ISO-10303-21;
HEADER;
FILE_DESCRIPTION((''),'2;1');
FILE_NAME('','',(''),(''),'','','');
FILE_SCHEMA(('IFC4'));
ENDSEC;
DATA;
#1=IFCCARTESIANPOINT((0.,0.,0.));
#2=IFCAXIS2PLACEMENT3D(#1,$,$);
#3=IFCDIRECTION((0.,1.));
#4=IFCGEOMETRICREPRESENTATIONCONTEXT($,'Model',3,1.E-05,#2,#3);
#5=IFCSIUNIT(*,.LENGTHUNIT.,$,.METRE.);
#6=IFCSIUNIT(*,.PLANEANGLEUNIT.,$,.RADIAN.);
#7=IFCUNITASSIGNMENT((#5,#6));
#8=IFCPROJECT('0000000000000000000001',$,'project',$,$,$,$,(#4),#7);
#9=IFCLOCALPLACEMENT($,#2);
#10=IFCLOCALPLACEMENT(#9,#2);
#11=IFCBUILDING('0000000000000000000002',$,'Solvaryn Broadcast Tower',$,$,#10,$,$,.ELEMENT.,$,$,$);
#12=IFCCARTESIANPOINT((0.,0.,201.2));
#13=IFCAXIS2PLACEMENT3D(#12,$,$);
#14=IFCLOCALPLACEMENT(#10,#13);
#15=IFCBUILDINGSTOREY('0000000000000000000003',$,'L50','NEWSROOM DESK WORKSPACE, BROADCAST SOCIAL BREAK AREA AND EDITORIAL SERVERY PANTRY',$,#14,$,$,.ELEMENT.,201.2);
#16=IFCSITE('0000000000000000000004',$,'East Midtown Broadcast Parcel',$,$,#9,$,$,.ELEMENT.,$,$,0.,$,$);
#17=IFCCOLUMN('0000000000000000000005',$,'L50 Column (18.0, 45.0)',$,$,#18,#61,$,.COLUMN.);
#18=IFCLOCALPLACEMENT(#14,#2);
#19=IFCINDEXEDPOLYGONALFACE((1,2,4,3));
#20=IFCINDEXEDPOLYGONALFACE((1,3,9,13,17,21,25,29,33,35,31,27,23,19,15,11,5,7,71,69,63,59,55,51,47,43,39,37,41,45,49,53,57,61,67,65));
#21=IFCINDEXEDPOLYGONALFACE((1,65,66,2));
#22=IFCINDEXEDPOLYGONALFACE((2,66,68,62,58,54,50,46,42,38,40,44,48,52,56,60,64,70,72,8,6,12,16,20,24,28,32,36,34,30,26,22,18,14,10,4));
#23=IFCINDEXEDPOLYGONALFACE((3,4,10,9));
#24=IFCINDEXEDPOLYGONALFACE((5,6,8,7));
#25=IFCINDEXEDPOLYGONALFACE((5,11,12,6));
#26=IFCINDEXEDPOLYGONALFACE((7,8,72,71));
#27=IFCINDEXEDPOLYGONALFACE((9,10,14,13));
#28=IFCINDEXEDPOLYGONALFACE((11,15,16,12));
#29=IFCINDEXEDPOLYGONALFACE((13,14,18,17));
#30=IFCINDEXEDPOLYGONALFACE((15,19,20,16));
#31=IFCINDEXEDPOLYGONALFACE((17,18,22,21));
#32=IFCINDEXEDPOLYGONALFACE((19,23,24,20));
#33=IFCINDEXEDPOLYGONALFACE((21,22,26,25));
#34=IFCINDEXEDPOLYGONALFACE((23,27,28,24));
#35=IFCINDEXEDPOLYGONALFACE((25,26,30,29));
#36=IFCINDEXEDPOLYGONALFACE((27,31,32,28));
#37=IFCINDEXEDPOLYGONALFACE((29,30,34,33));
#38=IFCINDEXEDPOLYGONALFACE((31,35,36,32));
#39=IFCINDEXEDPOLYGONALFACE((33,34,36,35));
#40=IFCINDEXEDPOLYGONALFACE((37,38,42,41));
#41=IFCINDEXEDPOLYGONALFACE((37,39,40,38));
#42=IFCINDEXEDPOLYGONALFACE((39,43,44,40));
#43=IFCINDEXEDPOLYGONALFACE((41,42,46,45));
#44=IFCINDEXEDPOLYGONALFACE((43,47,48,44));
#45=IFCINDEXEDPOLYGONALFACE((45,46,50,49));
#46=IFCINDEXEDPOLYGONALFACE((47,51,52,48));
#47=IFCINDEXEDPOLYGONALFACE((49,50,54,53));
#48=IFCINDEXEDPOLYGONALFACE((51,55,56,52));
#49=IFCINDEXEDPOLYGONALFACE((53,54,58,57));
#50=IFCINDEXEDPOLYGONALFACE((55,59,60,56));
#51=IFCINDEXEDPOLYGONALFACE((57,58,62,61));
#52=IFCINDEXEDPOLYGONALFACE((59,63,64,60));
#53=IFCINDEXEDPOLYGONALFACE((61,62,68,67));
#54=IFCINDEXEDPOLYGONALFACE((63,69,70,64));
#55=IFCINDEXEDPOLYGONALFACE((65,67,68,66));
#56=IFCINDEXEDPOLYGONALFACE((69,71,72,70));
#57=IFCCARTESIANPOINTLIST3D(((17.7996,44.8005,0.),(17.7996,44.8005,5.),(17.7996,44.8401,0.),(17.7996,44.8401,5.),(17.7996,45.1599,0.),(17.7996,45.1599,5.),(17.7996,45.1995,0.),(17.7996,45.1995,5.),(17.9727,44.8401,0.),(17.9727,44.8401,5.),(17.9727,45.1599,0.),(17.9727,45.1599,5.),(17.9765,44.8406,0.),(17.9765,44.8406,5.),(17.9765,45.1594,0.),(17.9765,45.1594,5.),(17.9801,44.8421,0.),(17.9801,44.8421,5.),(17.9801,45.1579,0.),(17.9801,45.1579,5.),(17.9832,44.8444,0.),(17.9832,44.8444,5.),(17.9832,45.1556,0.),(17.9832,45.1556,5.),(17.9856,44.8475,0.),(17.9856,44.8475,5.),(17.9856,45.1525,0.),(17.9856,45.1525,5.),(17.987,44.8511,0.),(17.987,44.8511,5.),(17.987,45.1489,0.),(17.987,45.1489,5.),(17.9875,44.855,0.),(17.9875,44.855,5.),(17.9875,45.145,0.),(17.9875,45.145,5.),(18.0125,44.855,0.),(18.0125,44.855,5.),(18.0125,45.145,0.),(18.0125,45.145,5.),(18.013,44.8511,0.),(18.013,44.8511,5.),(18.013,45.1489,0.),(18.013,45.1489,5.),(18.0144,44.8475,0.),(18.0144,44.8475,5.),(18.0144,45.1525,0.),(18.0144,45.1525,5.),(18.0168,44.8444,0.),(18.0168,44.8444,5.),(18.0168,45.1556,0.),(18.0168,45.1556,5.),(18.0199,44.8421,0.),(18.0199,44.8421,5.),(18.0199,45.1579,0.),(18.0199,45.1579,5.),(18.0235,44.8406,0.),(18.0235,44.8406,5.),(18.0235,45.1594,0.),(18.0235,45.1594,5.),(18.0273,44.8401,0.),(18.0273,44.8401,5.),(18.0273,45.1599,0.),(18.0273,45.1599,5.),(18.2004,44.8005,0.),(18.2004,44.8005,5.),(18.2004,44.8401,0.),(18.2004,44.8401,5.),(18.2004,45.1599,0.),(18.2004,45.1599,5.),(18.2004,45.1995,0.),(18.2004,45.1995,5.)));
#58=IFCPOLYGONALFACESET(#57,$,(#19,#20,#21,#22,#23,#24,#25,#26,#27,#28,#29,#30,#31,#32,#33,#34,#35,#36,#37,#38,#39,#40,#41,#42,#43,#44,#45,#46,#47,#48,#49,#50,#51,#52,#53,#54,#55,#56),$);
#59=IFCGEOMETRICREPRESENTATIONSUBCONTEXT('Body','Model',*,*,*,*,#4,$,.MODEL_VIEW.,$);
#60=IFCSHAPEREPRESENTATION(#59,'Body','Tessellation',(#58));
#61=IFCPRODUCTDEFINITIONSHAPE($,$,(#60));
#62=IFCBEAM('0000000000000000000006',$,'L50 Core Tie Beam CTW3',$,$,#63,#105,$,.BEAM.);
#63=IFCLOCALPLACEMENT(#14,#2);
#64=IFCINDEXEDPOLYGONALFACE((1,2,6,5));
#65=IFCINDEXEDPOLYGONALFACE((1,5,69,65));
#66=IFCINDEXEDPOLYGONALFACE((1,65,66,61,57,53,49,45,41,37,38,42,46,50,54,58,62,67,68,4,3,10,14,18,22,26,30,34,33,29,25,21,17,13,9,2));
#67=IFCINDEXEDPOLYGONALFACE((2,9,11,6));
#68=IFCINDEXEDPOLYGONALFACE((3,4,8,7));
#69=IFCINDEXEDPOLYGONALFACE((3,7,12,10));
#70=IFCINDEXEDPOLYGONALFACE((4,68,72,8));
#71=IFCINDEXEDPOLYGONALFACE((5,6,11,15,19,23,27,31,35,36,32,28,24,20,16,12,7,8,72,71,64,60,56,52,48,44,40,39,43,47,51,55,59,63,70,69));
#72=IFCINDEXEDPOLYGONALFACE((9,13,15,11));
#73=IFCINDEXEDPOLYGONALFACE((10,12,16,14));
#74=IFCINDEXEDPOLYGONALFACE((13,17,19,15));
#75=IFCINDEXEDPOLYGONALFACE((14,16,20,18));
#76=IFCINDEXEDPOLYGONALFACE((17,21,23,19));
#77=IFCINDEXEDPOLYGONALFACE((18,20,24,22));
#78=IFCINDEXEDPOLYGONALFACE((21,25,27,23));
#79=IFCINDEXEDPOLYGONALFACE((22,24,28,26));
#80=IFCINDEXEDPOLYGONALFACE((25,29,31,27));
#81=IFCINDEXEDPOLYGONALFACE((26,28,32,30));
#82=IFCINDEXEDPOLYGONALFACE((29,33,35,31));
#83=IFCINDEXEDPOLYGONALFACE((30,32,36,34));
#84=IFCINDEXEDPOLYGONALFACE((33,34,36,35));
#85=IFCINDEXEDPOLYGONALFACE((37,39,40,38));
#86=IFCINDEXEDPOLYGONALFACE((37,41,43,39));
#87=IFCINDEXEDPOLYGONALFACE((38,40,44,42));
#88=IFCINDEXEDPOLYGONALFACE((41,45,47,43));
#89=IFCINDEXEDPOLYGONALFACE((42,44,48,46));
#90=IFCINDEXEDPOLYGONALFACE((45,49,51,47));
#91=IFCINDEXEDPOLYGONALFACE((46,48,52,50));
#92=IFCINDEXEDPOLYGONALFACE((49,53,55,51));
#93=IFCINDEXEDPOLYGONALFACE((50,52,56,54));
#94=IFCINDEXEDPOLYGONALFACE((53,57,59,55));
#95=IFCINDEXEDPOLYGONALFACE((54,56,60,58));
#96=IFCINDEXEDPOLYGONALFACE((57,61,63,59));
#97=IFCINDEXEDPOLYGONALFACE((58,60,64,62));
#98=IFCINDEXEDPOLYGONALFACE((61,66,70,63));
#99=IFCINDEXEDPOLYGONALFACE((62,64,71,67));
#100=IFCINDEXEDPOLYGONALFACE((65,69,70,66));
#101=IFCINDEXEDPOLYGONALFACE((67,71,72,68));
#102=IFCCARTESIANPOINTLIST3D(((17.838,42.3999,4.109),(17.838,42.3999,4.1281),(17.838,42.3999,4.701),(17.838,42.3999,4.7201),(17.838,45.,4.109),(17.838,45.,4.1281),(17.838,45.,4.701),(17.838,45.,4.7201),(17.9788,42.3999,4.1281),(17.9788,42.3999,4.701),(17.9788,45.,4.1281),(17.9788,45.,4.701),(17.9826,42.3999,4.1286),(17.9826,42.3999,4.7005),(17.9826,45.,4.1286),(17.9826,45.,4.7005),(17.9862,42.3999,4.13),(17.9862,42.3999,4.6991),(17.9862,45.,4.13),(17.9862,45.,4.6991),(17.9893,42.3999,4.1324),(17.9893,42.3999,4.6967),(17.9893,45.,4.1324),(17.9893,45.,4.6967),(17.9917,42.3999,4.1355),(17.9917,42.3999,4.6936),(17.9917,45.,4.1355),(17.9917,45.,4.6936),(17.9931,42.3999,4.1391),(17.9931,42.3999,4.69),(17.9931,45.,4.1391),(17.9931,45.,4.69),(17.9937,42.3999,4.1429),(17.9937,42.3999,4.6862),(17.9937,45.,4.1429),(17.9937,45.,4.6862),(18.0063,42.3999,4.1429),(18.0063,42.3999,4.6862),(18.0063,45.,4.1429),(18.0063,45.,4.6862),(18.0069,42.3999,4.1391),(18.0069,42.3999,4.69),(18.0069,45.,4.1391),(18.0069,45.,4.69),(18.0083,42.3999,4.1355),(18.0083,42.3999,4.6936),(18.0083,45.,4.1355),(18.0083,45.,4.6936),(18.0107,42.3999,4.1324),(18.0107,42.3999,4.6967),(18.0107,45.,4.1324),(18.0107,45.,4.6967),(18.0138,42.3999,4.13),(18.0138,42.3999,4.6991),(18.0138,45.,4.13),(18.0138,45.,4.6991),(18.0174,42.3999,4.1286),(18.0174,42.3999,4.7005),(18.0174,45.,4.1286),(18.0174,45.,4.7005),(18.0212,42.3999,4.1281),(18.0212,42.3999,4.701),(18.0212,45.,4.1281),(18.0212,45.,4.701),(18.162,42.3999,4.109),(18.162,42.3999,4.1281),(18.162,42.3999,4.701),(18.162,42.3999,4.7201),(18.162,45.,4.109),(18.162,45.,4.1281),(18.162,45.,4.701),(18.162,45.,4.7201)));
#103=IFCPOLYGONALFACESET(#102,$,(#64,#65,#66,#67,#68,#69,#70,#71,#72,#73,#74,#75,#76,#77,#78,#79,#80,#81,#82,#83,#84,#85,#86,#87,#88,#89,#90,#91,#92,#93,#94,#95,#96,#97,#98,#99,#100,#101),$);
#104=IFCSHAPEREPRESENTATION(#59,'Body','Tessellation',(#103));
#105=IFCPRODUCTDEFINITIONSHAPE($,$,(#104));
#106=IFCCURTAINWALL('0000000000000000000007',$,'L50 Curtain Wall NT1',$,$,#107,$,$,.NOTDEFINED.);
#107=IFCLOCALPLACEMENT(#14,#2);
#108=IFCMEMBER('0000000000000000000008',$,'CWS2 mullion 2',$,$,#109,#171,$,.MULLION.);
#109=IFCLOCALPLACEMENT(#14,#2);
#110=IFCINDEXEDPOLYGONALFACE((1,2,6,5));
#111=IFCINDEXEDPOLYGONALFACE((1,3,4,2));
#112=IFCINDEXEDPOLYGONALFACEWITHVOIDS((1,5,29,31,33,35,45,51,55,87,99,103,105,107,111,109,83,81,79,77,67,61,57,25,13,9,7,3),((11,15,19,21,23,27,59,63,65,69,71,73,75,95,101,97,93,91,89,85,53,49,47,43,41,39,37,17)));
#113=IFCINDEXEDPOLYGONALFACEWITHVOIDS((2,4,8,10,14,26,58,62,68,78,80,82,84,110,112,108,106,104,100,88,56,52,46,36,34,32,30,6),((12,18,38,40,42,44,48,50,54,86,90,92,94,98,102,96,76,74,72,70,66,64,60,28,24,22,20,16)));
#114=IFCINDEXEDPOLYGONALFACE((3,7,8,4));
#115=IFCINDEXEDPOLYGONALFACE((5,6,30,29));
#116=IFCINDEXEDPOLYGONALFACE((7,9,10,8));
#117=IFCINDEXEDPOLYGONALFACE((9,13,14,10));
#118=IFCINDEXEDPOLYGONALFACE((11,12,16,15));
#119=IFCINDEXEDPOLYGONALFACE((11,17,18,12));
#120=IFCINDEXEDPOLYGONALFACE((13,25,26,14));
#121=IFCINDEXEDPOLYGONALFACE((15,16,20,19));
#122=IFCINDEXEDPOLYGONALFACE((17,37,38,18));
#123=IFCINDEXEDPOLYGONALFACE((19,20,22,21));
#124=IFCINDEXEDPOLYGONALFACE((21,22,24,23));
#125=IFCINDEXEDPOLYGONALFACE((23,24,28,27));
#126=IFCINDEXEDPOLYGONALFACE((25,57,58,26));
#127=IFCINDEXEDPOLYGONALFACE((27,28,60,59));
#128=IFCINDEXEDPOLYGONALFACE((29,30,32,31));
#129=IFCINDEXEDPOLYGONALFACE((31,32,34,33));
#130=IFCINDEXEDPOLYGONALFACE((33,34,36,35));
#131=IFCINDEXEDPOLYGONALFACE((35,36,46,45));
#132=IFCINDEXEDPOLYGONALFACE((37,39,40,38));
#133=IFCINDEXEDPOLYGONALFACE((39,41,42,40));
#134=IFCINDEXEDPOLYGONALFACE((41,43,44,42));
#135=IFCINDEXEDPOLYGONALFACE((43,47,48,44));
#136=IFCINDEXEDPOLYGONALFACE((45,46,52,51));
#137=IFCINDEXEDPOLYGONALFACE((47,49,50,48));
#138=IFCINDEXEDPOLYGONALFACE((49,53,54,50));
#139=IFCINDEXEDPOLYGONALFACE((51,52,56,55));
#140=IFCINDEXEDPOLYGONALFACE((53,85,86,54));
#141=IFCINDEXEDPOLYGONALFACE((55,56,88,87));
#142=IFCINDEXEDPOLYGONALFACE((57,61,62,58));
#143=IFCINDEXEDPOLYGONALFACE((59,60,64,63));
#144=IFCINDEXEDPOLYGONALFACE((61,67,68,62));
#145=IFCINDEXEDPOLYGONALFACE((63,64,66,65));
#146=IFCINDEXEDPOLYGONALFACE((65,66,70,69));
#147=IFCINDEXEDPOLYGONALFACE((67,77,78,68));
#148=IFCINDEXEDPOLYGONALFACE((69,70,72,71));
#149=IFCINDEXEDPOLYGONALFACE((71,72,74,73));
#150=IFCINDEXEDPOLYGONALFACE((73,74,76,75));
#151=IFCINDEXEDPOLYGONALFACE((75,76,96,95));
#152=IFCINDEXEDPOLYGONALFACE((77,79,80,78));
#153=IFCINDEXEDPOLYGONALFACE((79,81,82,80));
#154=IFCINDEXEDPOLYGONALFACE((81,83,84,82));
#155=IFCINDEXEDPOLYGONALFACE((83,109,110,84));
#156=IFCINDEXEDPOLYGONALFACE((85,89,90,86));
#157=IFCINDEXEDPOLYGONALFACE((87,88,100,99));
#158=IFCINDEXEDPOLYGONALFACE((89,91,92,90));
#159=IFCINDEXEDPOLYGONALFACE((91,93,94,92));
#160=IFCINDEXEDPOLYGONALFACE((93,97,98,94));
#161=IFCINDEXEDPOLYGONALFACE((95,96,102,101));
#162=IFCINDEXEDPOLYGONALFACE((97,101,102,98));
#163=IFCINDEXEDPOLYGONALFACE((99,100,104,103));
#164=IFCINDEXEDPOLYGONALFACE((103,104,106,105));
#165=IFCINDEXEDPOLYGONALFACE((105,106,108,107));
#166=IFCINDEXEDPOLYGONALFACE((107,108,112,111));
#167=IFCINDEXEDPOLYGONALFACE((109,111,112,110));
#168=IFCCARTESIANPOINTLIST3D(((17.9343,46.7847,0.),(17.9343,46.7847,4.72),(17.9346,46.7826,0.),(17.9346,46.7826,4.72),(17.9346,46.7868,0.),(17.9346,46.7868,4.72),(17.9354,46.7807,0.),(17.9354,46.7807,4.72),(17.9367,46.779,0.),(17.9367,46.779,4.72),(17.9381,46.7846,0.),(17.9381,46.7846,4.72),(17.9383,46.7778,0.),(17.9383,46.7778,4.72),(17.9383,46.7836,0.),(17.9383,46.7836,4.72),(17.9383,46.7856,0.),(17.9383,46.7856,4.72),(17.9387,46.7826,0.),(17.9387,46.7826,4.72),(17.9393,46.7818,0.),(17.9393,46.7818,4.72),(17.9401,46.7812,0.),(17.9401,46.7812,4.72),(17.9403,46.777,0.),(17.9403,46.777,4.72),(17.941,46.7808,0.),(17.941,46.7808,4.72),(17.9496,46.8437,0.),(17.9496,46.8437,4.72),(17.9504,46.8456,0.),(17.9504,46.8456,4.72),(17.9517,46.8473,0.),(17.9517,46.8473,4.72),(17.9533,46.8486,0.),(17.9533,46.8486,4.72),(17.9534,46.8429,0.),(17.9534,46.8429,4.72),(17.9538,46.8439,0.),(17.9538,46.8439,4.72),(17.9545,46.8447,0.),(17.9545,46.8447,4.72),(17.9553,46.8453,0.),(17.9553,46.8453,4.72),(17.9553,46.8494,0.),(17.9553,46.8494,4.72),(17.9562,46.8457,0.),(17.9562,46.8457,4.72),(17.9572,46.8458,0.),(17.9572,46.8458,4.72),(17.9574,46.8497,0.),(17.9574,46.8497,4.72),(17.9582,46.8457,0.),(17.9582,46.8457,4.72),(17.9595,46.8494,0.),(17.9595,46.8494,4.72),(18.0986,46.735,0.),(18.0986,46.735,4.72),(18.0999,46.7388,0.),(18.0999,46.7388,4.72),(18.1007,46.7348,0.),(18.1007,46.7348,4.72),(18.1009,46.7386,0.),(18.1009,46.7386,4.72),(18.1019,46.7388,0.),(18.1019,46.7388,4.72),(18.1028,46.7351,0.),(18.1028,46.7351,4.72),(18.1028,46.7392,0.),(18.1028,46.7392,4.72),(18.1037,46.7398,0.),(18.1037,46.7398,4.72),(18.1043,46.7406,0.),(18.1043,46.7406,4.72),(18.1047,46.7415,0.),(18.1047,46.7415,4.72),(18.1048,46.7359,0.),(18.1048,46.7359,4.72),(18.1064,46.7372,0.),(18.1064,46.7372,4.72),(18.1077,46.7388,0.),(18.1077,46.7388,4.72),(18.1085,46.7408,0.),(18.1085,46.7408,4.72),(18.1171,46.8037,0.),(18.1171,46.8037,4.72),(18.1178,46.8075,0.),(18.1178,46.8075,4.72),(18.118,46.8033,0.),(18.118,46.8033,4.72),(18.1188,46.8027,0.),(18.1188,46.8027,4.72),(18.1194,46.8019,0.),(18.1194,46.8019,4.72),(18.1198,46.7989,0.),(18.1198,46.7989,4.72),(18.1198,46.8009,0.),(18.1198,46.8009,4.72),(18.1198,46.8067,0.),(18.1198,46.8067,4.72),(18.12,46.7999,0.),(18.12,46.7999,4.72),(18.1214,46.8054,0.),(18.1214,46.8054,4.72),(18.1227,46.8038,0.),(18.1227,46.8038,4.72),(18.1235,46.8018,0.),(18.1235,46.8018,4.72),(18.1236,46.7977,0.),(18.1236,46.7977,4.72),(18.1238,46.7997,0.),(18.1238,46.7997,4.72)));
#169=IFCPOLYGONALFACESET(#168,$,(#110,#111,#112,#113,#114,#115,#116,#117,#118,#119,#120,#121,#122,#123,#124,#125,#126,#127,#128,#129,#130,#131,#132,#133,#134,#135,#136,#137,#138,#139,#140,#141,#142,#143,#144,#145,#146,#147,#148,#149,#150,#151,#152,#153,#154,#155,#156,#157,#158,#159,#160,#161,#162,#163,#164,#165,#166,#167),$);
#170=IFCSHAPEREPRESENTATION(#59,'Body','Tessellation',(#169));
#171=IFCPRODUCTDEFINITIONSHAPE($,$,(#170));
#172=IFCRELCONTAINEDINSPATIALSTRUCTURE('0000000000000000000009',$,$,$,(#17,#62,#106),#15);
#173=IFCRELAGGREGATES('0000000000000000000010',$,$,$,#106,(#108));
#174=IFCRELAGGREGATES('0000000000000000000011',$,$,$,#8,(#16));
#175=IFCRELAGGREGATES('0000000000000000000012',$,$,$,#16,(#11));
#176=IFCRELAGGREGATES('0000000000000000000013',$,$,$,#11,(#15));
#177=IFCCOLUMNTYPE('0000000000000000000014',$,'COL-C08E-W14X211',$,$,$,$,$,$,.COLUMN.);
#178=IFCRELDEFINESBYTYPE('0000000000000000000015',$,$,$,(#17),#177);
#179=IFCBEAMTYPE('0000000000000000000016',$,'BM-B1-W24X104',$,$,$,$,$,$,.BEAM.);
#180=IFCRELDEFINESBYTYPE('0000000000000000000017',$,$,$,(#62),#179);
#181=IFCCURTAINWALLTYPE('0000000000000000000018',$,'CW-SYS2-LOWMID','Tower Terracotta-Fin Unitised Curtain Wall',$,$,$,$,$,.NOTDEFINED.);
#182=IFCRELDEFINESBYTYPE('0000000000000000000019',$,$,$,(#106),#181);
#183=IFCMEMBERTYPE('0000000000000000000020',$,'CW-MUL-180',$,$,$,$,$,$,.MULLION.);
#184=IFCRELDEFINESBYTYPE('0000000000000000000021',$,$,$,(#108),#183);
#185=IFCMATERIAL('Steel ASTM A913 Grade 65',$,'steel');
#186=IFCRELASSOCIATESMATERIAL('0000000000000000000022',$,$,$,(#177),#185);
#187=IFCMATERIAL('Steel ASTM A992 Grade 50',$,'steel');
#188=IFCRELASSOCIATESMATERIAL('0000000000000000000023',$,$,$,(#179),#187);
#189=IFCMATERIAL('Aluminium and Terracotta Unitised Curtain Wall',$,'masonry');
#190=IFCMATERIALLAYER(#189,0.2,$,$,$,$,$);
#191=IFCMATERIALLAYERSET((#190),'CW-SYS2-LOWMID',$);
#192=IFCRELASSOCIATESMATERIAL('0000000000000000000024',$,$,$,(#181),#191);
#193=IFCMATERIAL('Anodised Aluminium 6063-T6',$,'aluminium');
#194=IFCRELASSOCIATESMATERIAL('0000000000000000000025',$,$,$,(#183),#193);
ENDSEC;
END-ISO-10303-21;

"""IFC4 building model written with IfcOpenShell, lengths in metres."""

from ifc_helpers import new_model, si_unit, direction, frame, origin, origin_2d, place, context, subcontext, project, spatial, hollow_rectangle, i_section, extrude, material, layer, layer_set, material_profile, profile_set, type_object, element, aggregate, save


model = new_model("IFC4")

# Units and contexts
model_context = context("Model", 3, precision=1e-05, world=origin(), true_north=direction((0.0, 1.0)))
body_context = subcontext(model_context, "Body", "Model", "MODEL_VIEW")
ifc_project = project(units=[si_unit("LENGTHUNIT", "METRE"), si_unit("PLANEANGLEUNIT", "RADIAN")], contexts=[model_context])

# Site, building, storey
site_placement = place(None, origin())
site = spatial("IfcSite", under=ifc_project, at=site_placement, Name="East Midtown Broadcast Parcel", CompositionType="ELEMENT", RefElevation=0.0)
building_placement = place(site_placement, origin())
building = spatial("IfcBuilding", under=site, at=building_placement, Name="Solvaryn Broadcast Tower", CompositionType="ELEMENT")
storey_placement = place(building_placement, frame((0.0, 0.0, 201.2)))
storey = spatial("IfcBuildingStorey", under=building, at=storey_placement, Name="L50", Description="NEWSROOM DESK WORKSPACE, BROADCAST SOCIAL BREAK AREA AND EDITORIAL SERVERY PANTRY", CompositionType="ELEMENT", Elevation=201.2)

# Column
ifc_material_1 = material(Name="Steel ASTM A913 Grade 65", Category="steel")
ifc_material_profile_1 = material_profile(ifc_material_1, i_section(OverallWidth=0.4009, OverallDepth=0.3989, WebThickness=0.0249, FlangeThickness=0.0396, FilletRadius=0.0149, at=origin_2d()))
ifc_profile_set_1 = profile_set([ifc_material_profile_1], Name="Steel ASTM A913 Grade 65")
column_type = type_object("IfcColumnType", Name="COL-C08E-W14X211", PredefinedType="COLUMN", material=ifc_profile_set_1)
column_placement = place(storey_placement, frame((18.0, 45.0, 0.0), z_axis=(0.0, 0.0, 1.0), x_axis=(1.0, 0.0, 0.0)))
element("IfcColumn", 1, at=column_placement, inside=storey, type_object=column_type, Name="L50 Column (18.0, 45.0)", PredefinedType="COLUMN", context=body_context, shape_type="SweptSolid", body=[
    extrude(i_section(OverallWidth=0.4009, OverallDepth=0.3989, WebThickness=0.0249, FlangeThickness=0.0396, FilletRadius=0.0149, at=origin_2d()), origin(), (0.0, 0.0, 1.0), 5.0),
])

# Beam
ifc_material_2 = material(Name="Steel ASTM A992 Grade 50", Category="steel")
ifc_material_profile_2 = material_profile(ifc_material_2, i_section(OverallWidth=0.324, OverallDepth=0.6111, WebThickness=0.0127, FlangeThickness=0.019, FilletRadius=0.0149, at=origin_2d()))
ifc_profile_set_2 = profile_set([ifc_material_profile_2], Name="Steel ASTM A992 Grade 50")
beam_type = type_object("IfcBeamType", Name="BM-B1-W24X104", PredefinedType="BEAM", material=ifc_profile_set_2)
beam_placement = place(storey_placement, frame((18.0, 42.3999, 4.4146), z_axis=(0.0, 1.0, 0.0), x_axis=(-1.0, 0.0, 0.0)))
element("IfcBeam", 2, at=beam_placement, inside=storey, type_object=beam_type, Name="L50 Core Tie Beam CTW3", PredefinedType="BEAM", context=body_context, shape_type="SweptSolid", body=[
    extrude(i_section(OverallWidth=0.324, OverallDepth=0.6111, WebThickness=0.0127, FlangeThickness=0.019, FilletRadius=0.0149, at=origin_2d()), origin(), (0.0, 0.0, 1.0), 2.6001),
])

# Curtain wall, member
ifc_material_3 = material(Name="Aluminium and Terracotta Unitised Curtain Wall", Category="masonry")
ifc_layer_1 = layer(ifc_material_3, 0.2)
ifc_layer_set_1 = layer_set([ifc_layer_1], Name="CW-SYS2-LOWMID")
curtain_wall_type = type_object("IfcCurtainWallType", Name="CW-SYS2-LOWMID", Description="Tower Terracotta-Fin Unitised Curtain Wall", PredefinedType="NOTDEFINED", material=ifc_layer_set_1)
curtain_wall_1_placement = place(storey_placement, origin())
curtain_wall_1 = element("IfcCurtainWall", 3, at=curtain_wall_1_placement, inside=storey, type_object=curtain_wall_type, Name="L50 Curtain Wall NT1", PredefinedType="NOTDEFINED")
ifc_material_4 = material(Name="Anodised Aluminium 6063-T6", Category="aluminium")
ifc_material_profile_3 = material_profile(ifc_material_4, hollow_rectangle(XDim=0.075, YDim=0.1799, WallThickness=0.0039, InnerFilletRadius=0.0039, OuterFilletRadius=0.0081, at=origin_2d()))
ifc_profile_set_3 = profile_set([ifc_material_profile_3], Name="Anodised Aluminium 6063-T6")
member_type_1 = type_object("IfcMemberType", Name="CW-MUL-180", PredefinedType="MULLION", material=ifc_profile_set_3)
member_1_placement = place(storey_placement, frame((18.0291, 46.7922, 0.0), z_axis=(0.0, 0.0, 1.0), x_axis=(-0.255893, -0.966705, 0.0)))
member_1 = element("IfcMember", 4, at=member_1_placement, type_object=member_type_1, Name="CWS2 mullion 2", PredefinedType="MULLION", context=body_context, shape_type="SweptSolid", body=[
    extrude(hollow_rectangle(XDim=0.075, YDim=0.1799, WallThickness=0.0039, InnerFilletRadius=0.0039, OuterFilletRadius=0.0081, at=origin_2d()), origin(), (0.0, 0.0, 1.0), 4.72),
])

aggregate(curtain_wall_1, [member_1])

save(model, "model.ifc")
